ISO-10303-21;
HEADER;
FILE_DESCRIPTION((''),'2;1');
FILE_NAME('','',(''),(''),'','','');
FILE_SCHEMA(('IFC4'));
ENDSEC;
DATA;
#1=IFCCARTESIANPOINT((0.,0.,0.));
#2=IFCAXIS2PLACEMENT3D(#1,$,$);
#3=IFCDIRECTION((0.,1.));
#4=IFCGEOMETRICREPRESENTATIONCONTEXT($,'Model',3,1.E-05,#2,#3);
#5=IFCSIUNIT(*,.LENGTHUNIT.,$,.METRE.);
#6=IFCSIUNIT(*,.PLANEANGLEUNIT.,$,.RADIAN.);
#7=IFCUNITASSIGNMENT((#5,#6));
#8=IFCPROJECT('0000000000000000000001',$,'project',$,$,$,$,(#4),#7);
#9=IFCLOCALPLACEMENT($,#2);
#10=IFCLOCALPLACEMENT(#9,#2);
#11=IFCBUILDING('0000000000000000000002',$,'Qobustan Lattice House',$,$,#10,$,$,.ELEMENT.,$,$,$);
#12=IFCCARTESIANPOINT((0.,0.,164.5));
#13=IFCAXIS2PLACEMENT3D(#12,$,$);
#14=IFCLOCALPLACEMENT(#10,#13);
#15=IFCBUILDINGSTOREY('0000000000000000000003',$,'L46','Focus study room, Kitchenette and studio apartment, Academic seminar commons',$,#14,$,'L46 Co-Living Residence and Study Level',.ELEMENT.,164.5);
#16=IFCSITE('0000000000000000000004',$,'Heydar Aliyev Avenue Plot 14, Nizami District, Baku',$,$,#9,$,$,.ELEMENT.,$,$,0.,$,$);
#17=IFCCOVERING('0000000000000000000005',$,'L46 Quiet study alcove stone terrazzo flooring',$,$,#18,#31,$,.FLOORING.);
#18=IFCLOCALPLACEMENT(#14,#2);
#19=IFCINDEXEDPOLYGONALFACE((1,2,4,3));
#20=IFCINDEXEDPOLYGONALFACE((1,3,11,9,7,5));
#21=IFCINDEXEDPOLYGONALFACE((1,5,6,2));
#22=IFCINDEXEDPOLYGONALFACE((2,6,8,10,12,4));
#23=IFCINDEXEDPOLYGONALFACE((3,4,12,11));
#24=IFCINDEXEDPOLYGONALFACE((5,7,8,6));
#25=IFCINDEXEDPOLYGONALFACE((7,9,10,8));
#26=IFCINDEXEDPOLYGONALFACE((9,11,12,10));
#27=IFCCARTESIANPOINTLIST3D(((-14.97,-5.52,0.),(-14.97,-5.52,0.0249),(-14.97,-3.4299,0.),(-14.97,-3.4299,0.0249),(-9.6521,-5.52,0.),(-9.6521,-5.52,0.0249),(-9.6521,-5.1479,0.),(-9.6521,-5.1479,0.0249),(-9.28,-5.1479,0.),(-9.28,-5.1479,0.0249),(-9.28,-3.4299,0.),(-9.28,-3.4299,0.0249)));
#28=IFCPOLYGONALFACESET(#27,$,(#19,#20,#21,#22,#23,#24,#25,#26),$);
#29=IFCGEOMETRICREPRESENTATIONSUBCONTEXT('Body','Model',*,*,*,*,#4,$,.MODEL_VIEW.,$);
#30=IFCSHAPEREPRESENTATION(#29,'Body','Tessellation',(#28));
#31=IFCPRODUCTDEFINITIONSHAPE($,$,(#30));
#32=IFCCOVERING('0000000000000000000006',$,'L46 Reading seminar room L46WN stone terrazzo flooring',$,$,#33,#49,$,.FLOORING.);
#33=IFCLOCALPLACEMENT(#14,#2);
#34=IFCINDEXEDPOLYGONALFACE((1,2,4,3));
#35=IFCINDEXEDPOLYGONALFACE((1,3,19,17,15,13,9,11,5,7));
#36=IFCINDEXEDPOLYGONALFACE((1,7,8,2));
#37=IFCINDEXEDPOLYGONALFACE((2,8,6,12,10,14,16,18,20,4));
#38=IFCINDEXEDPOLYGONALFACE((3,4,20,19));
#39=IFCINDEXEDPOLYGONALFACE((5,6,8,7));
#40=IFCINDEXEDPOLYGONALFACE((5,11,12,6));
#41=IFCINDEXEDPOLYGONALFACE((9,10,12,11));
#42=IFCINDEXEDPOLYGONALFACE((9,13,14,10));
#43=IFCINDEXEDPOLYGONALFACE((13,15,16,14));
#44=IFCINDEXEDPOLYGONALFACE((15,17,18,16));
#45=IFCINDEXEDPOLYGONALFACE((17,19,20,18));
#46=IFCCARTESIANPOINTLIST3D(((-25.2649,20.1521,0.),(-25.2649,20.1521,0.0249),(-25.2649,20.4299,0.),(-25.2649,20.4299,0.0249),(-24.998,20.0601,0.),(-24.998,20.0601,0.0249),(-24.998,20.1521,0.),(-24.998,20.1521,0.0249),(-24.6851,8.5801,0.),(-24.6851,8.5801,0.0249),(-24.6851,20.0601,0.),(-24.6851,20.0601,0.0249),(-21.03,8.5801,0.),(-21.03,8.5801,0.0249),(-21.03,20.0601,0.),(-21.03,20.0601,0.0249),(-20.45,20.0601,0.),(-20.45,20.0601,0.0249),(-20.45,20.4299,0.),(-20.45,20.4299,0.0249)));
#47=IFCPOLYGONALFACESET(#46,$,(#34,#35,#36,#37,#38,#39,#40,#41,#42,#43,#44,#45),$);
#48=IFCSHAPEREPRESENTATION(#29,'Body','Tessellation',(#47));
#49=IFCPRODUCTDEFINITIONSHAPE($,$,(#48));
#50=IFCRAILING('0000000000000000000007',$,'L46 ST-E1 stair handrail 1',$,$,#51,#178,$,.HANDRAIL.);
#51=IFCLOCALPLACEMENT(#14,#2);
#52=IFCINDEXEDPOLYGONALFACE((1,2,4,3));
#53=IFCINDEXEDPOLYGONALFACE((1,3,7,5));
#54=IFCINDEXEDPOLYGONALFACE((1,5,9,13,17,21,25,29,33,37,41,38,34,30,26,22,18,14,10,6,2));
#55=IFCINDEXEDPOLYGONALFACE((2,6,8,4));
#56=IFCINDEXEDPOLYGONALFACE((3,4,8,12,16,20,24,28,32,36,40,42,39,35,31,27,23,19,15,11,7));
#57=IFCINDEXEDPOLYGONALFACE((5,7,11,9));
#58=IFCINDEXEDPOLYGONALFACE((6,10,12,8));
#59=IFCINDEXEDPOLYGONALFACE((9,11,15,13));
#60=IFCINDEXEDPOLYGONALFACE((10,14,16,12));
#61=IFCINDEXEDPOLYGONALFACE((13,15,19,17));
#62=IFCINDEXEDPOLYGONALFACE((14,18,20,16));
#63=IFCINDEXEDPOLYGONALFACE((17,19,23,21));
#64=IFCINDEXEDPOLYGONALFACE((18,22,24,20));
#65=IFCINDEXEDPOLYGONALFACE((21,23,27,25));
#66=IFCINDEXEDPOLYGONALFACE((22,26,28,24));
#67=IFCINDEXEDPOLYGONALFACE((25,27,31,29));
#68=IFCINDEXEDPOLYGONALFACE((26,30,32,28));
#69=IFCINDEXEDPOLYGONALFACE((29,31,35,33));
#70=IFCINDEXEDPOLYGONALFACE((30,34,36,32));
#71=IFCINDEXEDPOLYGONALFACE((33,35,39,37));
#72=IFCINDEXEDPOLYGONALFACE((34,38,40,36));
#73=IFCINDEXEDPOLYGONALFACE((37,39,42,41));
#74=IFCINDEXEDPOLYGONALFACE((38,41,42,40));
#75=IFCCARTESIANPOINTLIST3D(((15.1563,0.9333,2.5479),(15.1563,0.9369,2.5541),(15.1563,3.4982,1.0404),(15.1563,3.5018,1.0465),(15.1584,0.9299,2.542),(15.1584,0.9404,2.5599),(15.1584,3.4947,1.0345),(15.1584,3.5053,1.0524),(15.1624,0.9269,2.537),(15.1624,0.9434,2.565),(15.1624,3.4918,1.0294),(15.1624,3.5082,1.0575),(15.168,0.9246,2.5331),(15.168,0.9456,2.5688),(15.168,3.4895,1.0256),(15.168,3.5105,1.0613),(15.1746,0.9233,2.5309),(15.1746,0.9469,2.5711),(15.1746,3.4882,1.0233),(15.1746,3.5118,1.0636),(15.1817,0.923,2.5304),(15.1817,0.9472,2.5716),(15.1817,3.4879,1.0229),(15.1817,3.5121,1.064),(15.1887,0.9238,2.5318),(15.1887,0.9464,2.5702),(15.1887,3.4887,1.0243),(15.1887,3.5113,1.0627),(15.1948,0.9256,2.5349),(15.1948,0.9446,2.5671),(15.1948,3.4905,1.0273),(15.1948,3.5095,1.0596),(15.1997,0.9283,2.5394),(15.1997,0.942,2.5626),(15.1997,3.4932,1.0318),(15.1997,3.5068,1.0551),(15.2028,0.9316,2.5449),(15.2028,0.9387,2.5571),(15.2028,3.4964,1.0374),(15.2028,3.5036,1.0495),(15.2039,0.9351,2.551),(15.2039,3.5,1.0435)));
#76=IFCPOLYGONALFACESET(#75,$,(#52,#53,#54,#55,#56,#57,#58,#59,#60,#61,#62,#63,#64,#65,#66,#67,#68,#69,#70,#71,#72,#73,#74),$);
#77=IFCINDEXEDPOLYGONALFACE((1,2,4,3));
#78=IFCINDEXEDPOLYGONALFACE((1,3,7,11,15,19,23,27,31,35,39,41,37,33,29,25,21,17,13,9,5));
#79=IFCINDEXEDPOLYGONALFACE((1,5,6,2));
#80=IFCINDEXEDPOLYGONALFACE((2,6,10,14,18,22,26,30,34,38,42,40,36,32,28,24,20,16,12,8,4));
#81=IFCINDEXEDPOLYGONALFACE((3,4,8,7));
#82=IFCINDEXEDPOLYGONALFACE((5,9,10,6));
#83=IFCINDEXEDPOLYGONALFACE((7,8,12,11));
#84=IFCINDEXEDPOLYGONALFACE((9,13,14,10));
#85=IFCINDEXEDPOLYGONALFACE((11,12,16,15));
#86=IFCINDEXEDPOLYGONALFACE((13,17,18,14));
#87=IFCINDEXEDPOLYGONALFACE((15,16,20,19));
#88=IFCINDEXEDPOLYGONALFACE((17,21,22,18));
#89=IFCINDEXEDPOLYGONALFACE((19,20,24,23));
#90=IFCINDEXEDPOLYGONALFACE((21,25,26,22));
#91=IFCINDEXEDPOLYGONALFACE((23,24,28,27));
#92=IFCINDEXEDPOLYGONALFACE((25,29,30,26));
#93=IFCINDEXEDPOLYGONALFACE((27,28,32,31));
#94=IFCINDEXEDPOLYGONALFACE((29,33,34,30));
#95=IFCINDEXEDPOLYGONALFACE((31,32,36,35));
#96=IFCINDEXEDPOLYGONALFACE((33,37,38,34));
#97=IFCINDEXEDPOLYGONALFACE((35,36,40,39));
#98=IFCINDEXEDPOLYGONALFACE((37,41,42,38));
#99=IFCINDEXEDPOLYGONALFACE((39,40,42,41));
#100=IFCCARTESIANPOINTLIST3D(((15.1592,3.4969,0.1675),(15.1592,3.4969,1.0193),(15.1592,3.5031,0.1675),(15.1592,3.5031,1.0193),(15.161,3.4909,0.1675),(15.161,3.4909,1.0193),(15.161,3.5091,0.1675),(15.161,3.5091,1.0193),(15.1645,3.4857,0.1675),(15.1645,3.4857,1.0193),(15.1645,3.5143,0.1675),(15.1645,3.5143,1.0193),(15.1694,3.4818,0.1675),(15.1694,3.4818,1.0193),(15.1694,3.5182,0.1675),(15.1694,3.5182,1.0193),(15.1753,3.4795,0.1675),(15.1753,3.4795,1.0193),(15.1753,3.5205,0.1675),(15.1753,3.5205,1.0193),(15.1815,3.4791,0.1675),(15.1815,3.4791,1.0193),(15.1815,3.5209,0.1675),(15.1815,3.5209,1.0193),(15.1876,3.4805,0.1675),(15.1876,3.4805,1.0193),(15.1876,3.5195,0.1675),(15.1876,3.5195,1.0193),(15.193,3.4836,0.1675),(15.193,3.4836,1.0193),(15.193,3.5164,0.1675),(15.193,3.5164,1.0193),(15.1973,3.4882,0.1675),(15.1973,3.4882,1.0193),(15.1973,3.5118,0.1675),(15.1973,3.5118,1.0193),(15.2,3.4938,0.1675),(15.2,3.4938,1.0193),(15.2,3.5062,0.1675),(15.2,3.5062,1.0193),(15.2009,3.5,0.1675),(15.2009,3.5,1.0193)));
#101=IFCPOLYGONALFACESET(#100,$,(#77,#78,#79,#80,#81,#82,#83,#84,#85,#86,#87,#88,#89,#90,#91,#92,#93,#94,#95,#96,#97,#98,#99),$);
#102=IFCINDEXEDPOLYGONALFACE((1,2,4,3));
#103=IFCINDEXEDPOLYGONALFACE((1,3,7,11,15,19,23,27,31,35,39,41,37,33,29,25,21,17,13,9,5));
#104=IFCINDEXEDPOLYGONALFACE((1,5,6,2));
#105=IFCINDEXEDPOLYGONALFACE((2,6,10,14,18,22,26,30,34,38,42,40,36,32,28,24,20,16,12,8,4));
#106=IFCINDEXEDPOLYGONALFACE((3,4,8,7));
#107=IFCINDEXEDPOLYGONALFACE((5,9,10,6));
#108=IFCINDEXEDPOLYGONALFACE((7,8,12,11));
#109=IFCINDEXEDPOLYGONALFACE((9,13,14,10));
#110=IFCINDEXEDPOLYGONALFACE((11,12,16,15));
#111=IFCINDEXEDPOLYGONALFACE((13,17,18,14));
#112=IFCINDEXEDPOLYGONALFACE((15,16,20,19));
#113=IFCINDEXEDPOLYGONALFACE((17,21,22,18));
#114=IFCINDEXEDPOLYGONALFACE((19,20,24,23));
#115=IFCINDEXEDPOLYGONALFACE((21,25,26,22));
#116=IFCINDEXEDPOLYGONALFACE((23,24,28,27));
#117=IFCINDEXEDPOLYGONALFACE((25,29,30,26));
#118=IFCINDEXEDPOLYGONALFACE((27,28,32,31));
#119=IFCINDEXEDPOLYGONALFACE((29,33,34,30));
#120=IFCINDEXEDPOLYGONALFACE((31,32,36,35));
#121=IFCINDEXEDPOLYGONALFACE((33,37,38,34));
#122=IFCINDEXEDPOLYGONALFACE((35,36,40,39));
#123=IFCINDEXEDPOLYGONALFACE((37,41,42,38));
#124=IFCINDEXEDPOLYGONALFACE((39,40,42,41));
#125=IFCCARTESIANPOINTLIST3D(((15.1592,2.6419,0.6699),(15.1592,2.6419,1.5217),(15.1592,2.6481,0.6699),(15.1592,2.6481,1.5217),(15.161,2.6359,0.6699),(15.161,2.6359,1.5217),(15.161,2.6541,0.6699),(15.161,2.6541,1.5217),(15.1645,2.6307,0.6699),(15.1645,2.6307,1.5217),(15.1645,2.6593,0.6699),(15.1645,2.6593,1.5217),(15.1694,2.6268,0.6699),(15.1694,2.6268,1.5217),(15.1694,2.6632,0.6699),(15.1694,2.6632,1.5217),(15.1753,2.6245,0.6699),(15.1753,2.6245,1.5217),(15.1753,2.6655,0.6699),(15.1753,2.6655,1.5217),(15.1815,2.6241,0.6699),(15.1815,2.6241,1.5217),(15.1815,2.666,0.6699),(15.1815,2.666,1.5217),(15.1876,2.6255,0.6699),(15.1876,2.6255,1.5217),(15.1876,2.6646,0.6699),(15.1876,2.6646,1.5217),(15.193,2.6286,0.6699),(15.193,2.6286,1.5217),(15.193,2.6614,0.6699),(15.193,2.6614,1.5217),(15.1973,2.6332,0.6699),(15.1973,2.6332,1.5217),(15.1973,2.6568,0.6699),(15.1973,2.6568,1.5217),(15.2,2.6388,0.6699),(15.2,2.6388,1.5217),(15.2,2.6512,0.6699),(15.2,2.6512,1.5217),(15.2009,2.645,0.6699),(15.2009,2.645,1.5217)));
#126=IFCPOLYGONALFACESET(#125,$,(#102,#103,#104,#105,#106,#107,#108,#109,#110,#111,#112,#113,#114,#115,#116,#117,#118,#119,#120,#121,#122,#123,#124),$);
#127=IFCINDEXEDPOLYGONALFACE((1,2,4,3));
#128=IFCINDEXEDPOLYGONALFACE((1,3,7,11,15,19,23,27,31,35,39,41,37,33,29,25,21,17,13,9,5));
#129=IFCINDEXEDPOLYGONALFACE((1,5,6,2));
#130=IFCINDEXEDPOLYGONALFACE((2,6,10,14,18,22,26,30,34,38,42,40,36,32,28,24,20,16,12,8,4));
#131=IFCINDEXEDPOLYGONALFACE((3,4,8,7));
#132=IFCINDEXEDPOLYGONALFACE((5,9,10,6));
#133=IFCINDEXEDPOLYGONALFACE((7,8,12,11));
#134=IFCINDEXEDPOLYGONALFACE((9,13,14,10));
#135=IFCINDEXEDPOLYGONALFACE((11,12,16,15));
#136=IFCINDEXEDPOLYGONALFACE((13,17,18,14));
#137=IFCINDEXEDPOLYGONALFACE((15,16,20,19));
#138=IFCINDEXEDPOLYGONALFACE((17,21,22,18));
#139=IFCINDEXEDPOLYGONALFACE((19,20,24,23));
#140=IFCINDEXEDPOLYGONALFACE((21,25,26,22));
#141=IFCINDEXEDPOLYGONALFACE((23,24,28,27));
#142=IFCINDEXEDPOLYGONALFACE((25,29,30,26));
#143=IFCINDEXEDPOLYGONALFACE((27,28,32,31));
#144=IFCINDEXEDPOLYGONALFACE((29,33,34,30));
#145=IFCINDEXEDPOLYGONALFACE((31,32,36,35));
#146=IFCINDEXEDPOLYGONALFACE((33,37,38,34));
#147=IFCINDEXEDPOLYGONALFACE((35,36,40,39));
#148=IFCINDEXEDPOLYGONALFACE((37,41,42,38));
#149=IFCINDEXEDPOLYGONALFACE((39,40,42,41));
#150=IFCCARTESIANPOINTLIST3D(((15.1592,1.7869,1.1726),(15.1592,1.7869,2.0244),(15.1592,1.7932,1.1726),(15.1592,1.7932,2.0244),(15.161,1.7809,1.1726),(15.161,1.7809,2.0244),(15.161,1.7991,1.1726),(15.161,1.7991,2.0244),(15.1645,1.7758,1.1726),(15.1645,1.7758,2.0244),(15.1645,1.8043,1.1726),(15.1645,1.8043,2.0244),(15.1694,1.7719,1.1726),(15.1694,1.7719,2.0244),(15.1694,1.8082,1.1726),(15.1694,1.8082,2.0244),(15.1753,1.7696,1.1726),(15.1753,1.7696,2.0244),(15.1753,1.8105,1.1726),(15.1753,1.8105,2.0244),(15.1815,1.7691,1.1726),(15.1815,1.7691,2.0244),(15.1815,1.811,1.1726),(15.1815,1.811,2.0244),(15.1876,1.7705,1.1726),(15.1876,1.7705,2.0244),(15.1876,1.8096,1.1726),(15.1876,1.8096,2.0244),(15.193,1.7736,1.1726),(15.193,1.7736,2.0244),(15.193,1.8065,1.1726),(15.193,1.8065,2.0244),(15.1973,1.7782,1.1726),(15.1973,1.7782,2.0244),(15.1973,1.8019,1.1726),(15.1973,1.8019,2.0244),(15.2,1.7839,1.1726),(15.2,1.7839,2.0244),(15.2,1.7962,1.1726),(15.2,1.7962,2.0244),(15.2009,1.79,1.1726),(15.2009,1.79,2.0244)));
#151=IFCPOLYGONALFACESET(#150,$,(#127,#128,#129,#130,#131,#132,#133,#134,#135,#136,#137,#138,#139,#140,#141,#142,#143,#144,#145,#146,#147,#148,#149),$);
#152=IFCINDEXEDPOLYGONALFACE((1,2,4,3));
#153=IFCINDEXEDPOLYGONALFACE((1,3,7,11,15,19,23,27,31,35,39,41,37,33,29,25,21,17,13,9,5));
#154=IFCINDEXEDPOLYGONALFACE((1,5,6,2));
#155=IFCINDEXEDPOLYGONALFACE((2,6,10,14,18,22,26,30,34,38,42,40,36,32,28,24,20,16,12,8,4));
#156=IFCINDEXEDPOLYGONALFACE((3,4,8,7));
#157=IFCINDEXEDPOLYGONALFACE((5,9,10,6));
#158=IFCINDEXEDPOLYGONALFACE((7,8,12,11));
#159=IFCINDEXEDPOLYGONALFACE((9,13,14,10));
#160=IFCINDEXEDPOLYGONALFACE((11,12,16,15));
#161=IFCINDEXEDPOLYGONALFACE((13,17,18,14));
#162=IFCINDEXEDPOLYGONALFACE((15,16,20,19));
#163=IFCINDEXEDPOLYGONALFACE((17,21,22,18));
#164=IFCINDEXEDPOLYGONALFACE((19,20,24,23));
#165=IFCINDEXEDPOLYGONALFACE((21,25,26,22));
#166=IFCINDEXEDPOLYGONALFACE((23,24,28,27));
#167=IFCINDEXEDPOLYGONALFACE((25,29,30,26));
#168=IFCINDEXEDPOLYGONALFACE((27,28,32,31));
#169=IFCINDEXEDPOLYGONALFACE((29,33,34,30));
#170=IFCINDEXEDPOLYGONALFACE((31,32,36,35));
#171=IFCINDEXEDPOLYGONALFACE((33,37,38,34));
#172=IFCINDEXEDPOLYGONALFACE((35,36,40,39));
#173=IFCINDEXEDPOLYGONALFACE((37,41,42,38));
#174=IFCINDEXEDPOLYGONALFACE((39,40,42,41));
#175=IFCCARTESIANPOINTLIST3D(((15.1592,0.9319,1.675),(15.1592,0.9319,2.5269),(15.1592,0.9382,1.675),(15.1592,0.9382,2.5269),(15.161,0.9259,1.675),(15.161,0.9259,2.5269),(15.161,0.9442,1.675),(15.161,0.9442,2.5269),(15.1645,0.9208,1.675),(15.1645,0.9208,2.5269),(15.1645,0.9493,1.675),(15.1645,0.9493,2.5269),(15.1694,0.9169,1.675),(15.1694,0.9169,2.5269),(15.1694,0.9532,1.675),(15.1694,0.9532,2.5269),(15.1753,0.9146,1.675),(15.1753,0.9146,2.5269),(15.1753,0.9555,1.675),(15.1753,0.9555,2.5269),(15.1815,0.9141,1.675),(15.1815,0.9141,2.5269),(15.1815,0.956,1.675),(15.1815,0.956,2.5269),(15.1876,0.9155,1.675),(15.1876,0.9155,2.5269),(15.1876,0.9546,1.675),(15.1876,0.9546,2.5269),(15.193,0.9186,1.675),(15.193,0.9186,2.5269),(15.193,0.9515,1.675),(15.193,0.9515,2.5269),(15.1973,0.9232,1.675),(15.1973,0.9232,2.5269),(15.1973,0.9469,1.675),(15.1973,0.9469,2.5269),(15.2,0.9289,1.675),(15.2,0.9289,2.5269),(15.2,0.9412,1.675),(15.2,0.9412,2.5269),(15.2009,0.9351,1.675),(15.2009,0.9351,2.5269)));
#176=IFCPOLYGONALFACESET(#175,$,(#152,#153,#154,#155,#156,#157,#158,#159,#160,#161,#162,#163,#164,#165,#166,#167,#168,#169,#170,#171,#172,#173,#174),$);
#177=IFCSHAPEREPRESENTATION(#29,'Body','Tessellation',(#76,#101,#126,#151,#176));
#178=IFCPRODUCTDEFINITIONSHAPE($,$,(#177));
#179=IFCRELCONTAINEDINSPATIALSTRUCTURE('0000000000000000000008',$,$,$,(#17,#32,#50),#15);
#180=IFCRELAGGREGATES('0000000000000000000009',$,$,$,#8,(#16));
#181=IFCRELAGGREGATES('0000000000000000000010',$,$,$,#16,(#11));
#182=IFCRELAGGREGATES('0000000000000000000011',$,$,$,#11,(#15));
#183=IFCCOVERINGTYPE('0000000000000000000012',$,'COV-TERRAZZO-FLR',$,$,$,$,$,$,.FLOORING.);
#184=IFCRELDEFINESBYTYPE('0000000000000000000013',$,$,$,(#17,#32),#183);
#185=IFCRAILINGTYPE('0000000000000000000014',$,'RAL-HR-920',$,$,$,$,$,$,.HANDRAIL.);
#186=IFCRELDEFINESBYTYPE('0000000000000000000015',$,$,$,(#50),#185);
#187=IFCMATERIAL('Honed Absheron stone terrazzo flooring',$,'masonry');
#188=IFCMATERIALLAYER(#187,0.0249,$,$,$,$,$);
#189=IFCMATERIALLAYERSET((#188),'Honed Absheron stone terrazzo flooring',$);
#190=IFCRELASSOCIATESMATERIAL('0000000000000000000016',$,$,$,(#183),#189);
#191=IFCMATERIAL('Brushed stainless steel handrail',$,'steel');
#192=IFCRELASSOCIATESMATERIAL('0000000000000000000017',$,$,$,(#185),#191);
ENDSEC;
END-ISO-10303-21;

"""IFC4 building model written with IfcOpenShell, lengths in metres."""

from ifc_helpers import new_model, si_unit, direction, frame, origin, origin_2d, place, context, subcontext, project, spatial, polyline, circle, outline, extrude, material, layer, layer_set, type_object, element, save


model = new_model("IFC4")

# Units and contexts
model_context = context("Model", 3, precision=1e-05, world=origin(), true_north=direction((0.0, 1.0)))
body_context = subcontext(model_context, "Body", "Model", "MODEL_VIEW")
ifc_project = project(units=[si_unit("LENGTHUNIT", "METRE"), si_unit("PLANEANGLEUNIT", "RADIAN")], contexts=[model_context])

# Site, building, storey
site_placement = place(None, origin())
site = spatial("IfcSite", under=ifc_project, at=site_placement, Name="Heydar Aliyev Avenue Plot 14, Nizami District, Baku", CompositionType="ELEMENT", RefElevation=0.0)
building_placement = place(site_placement, origin())
building = spatial("IfcBuilding", under=site, at=building_placement, Name="Qobustan Lattice House", CompositionType="ELEMENT")
storey_placement = place(building_placement, frame((0.0, 0.0, 164.5)))
storey = spatial("IfcBuildingStorey", under=building, at=storey_placement, Name="L46", Description="Focus study room, Kitchenette and studio apartment, Academic seminar commons", LongName="L46 Co-Living Residence and Study Level", CompositionType="ELEMENT", Elevation=164.5)

# Coverings
ifc_material_1 = material(Name="Honed Absheron stone terrazzo flooring", Category="masonry")
ifc_layer_1 = layer(ifc_material_1, 0.0249)
ifc_layer_set_1 = layer_set([ifc_layer_1], Name="Honed Absheron stone terrazzo flooring")
covering_type = type_object("IfcCoveringType", Name="COV-TERRAZZO-FLR", PredefinedType="FLOORING", material=ifc_layer_set_1)
covering_1_placement = place(storey_placement, origin())
element("IfcCovering", 1, at=covering_1_placement, inside=storey, type_object=covering_type, Name="L46 Quiet study alcove stone terrazzo flooring", PredefinedType="FLOORING", context=body_context, shape_type="SweptSolid", body=[
    extrude(outline(polyline([(-14.97, -3.4299), (-14.97, -5.52), (-9.6521, -5.52), (-9.6521, -5.1479), (-9.28, -5.1479), (-9.28, -3.4299), (-14.97, -3.4299)])), origin(), (0.0, 0.0, 1.0), 0.0249),
])
covering_2_placement = place(storey_placement, origin())
element("IfcCovering", 2, at=covering_2_placement, inside=storey, type_object=covering_type, Name="L46 Reading seminar room L46WN stone terrazzo flooring", PredefinedType="FLOORING", context=body_context, shape_type="SweptSolid", body=[
    extrude(outline(polyline([(-25.2649, 20.4299), (-25.2649, 20.1521), (-24.998, 20.1521), (-24.998, 20.0601), (-24.6851, 20.0601), (-24.6851, 8.5801), (-21.03, 8.5801), (-21.03, 20.0601), (-20.45, 20.0601), (-20.45, 20.4299), (-25.2649, 20.4299)])), origin(), (0.0, 0.0, 1.0), 0.0249),
])

# Railing
ifc_material_2 = material(Name="Brushed stainless steel handrail", Category="steel")
railing_type_1 = type_object("IfcRailingType", Name="RAL-HR-920", PredefinedType="HANDRAIL", material=ifc_material_2)
railing_1_placement = place(storey_placement, frame((15.1799, 3.5, 0.1675)))
element("IfcRailing", 3, at=railing_1_placement, inside=storey, type_object=railing_type_1, Name="L46 ST-E1 stair handrail 1", PredefinedType="HANDRAIL", context=body_context, shape_type="SweptSolid", body=[
    extrude(circle(Radius=0.0239, at=origin_2d()), frame((0.0, 0.0, 0.876), z_axis=(0.0, -0.862113, 0.506715), x_axis=(1.0, 0.0, 0.0)), (0.0, 0.0, 1.0), 2.9751),
    extrude(circle(Radius=0.021, at=origin_2d()), origin(), (0.0, 0.0, 1.0), 0.8518),
    extrude(circle(Radius=0.021, at=origin_2d()), frame((0.0, -0.855, 0.5024)), (0.0, 0.0, 1.0), 0.8518),
    extrude(circle(Radius=0.021, at=origin_2d()), frame((0.0, -1.71, 1.0051)), (0.0, 0.0, 1.0), 0.8518),
    extrude(circle(Radius=0.021, at=origin_2d()), frame((0.0, -2.5649, 1.5076)), (0.0, 0.0, 1.0), 0.8518),
])

save(model, "model.ifc")
